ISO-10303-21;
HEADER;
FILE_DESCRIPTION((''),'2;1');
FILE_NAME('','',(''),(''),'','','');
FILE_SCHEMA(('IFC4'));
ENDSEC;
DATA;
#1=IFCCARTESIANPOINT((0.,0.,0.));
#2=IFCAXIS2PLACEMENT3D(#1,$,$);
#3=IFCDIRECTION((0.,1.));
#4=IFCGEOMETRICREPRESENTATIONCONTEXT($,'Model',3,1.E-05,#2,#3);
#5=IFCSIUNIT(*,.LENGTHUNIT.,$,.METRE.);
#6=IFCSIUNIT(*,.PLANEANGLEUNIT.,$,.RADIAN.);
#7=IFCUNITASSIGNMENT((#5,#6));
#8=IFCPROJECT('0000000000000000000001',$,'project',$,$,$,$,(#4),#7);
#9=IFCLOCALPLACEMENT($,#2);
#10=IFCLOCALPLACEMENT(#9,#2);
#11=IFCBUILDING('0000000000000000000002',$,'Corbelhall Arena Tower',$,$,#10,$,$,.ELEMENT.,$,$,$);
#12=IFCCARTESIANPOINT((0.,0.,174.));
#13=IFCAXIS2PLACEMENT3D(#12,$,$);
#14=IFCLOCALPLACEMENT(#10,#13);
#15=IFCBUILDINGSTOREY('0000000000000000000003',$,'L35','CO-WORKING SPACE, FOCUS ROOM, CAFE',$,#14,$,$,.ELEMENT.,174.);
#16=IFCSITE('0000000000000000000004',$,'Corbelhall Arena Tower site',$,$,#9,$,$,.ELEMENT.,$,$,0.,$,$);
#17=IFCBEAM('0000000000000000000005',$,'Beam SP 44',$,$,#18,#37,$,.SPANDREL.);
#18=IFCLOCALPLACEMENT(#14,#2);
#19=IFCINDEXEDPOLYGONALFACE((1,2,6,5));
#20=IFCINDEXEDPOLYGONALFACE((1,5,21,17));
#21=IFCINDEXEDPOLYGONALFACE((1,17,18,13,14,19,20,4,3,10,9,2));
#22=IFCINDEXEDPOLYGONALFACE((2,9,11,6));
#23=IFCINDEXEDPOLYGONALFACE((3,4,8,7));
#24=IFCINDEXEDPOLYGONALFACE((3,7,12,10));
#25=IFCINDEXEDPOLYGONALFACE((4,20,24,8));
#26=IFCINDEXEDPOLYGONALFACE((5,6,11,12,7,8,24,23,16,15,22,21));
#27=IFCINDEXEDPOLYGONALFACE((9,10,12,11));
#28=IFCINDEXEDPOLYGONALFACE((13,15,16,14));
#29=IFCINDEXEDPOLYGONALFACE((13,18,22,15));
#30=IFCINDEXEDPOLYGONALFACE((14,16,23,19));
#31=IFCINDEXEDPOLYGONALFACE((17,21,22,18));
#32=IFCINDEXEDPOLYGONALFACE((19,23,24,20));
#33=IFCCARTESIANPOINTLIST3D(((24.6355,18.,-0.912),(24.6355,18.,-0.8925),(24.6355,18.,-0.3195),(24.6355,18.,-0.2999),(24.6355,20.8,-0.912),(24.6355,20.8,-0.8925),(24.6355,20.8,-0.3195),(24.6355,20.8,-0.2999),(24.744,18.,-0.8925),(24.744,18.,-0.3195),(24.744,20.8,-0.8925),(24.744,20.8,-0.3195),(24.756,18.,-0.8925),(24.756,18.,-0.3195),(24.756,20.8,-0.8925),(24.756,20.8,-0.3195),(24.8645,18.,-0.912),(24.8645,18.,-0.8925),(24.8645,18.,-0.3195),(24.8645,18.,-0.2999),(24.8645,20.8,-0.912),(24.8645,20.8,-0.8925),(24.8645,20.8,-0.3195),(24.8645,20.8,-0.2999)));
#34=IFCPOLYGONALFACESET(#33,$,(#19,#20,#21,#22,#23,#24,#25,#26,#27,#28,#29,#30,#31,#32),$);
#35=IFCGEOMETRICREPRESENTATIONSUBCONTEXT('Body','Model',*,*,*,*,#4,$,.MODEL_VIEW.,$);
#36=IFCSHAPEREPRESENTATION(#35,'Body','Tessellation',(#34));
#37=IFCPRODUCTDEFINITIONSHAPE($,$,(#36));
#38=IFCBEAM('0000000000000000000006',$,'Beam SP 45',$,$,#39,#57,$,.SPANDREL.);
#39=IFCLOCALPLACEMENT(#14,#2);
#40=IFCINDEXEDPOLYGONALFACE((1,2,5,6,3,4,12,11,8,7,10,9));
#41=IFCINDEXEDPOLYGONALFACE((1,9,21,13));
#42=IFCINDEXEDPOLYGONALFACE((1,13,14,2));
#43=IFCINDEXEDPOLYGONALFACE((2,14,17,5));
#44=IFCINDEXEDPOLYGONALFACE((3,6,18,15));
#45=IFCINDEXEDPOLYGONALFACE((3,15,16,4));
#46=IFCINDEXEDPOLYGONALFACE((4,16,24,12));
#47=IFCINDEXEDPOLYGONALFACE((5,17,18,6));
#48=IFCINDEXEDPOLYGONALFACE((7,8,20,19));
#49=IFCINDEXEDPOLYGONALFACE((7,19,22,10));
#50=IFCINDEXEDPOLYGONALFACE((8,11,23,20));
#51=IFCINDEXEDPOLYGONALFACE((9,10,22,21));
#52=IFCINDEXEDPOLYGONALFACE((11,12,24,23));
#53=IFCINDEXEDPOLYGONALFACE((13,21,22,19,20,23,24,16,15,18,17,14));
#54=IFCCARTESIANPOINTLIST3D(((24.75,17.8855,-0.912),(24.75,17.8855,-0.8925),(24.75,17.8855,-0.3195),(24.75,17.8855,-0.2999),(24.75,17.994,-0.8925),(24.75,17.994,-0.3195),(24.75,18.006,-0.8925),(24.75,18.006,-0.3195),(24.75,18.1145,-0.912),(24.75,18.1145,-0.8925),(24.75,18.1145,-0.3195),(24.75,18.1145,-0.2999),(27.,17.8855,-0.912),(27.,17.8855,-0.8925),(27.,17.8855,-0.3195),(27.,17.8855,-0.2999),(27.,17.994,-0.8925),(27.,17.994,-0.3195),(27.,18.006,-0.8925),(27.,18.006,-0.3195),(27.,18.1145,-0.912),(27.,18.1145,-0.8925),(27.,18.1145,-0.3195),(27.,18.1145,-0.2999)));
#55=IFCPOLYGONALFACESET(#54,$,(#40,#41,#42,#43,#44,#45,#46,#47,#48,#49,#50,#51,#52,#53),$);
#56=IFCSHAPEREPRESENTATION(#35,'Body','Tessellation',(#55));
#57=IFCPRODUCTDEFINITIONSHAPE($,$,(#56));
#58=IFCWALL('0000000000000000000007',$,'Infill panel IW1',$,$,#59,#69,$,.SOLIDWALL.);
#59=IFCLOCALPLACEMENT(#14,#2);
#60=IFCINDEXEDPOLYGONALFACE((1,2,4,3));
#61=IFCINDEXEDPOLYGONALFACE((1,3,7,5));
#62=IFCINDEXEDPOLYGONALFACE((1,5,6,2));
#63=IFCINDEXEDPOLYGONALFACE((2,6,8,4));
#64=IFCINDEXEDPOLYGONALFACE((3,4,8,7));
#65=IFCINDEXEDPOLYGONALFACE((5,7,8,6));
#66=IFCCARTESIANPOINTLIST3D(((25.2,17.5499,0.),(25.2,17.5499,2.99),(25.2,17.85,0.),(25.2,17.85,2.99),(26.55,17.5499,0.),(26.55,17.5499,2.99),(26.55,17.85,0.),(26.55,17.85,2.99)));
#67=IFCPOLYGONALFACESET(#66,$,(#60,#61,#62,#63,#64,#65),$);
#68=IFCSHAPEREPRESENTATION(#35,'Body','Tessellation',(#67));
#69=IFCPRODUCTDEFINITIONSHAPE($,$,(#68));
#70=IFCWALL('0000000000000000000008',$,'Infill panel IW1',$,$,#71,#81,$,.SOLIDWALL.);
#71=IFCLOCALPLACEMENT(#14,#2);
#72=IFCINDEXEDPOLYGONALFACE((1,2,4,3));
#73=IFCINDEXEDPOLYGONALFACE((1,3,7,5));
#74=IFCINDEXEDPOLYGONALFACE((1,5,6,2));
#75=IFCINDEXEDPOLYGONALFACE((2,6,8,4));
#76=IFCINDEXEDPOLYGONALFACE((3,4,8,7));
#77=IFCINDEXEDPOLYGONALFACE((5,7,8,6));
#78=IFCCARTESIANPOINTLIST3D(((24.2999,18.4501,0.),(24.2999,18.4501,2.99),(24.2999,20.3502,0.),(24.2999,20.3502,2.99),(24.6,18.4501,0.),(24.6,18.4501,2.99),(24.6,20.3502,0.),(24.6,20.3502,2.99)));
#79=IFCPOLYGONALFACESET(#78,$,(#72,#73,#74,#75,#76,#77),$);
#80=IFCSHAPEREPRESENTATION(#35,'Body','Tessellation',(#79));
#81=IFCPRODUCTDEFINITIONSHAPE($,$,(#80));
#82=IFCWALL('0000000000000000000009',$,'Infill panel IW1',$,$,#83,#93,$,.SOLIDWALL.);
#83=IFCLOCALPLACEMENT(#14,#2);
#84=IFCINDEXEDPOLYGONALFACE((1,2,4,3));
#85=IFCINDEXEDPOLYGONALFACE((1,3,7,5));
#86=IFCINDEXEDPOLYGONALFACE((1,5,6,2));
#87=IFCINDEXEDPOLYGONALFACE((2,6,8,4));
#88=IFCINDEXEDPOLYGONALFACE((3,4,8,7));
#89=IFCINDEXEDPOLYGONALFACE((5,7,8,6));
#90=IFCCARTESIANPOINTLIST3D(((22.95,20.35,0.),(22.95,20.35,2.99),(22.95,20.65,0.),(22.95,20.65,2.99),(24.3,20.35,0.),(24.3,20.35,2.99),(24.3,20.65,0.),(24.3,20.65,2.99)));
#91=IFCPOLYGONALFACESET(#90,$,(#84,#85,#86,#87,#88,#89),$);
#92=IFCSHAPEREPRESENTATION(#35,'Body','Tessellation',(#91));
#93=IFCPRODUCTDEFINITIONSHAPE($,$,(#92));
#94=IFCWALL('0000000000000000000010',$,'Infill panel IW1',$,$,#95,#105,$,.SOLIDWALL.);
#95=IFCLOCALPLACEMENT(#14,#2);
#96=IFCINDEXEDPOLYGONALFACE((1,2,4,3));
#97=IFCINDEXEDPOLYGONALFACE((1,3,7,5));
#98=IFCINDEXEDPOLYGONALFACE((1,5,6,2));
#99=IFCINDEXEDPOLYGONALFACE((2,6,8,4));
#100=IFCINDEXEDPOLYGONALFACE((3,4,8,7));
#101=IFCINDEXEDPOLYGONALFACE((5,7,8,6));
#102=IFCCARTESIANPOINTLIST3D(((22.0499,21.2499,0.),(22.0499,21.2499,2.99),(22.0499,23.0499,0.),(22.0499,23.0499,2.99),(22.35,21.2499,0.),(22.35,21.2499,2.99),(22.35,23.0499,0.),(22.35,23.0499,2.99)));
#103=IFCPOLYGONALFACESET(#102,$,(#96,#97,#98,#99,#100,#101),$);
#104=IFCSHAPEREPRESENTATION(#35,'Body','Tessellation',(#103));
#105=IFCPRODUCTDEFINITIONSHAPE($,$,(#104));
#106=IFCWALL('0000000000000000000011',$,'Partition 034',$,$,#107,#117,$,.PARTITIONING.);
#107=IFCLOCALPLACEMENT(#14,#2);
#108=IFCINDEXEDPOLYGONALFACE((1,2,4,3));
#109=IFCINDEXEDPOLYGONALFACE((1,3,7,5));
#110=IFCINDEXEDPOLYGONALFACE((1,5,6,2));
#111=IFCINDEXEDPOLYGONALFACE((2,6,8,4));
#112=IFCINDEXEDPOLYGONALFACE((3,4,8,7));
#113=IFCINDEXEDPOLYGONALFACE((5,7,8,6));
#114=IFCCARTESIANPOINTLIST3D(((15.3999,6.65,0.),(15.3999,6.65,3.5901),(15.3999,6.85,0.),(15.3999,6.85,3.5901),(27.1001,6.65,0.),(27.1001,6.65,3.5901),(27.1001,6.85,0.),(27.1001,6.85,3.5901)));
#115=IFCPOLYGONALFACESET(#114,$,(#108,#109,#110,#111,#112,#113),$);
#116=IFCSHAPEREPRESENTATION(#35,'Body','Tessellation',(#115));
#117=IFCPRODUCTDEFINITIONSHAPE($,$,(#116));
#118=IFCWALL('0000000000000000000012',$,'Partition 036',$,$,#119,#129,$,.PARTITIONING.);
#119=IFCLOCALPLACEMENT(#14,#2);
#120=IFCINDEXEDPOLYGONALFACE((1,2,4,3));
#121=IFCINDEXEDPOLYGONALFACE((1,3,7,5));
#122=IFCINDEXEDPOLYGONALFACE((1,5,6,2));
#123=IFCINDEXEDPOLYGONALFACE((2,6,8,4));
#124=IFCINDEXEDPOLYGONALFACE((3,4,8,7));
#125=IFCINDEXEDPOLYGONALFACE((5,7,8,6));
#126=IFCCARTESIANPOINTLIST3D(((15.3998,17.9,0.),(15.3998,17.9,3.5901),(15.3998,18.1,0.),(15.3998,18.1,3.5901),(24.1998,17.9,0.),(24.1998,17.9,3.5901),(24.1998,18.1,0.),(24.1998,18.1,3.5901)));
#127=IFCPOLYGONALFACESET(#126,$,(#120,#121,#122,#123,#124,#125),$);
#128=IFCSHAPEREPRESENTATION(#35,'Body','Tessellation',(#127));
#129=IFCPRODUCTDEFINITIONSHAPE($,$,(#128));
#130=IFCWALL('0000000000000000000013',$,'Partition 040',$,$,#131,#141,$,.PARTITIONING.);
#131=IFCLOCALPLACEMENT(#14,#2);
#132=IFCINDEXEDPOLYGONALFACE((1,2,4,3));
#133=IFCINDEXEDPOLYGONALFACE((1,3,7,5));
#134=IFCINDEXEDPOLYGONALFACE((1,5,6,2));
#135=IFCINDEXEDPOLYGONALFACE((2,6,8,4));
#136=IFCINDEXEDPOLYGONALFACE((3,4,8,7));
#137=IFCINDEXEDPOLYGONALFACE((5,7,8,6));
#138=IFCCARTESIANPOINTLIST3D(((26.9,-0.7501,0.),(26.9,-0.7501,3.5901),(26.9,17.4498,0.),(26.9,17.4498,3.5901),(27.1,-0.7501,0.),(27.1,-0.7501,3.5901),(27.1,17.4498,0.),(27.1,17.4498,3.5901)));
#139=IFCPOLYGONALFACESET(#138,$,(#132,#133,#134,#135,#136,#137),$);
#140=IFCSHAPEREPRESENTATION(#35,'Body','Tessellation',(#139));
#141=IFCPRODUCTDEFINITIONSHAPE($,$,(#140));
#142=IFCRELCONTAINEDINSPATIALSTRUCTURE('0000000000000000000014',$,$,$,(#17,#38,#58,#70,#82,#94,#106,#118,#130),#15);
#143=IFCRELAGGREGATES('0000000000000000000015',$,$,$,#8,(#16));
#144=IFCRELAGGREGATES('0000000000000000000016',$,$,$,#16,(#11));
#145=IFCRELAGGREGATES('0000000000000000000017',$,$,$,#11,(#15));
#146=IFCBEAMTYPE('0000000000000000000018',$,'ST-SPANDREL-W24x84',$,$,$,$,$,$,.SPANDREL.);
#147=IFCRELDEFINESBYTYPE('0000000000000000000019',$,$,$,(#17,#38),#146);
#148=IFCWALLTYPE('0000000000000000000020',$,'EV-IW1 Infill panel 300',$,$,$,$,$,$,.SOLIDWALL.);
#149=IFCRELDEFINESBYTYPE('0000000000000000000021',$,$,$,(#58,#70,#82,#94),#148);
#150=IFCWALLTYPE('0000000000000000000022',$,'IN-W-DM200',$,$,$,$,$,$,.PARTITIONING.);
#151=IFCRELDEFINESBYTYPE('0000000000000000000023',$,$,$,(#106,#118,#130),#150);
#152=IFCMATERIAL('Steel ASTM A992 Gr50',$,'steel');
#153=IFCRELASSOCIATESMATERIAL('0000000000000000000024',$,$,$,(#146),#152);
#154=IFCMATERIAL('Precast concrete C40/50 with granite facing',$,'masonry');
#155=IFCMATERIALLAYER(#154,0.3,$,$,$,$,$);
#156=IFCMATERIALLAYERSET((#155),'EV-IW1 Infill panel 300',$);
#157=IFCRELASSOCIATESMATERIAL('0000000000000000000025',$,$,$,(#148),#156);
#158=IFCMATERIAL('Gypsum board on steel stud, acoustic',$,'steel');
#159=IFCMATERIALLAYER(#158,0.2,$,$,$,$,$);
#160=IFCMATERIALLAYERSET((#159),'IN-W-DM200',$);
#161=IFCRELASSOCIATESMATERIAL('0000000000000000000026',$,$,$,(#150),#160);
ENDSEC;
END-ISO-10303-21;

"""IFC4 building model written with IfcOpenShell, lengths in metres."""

from ifc_helpers import new_model, si_unit, direction, frame, frame_2d, origin, origin_2d, place, context, subcontext, project, spatial, rectangle, i_section, extrude, material, layer, layer_set, material_profile, profile_set, type_object, element, save


model = new_model("IFC4")

# Units and contexts
model_context = context("Model", 3, precision=1e-05, world=origin(), true_north=direction((0.0, 1.0)))
body_context = subcontext(model_context, "Body", "Model", "MODEL_VIEW")
ifc_project = project(units=[si_unit("LENGTHUNIT", "METRE"), si_unit("PLANEANGLEUNIT", "RADIAN")], contexts=[model_context])

# Site, building, storey
site_placement = place(None, origin())
site = spatial("IfcSite", under=ifc_project, at=site_placement, Name="Corbelhall Arena Tower site", CompositionType="ELEMENT", RefElevation=0.0)
building_placement = place(site_placement, origin())
building = spatial("IfcBuilding", under=site, at=building_placement, Name="Corbelhall Arena Tower", CompositionType="ELEMENT")
storey_placement = place(building_placement, frame((0.0, 0.0, 174.0)))
storey = spatial("IfcBuildingStorey", under=building, at=storey_placement, Name="L35", Description="CO-WORKING SPACE, FOCUS ROOM, CAFE", CompositionType="ELEMENT", Elevation=174.0)

# Beams
ifc_material_1 = material(Name="Steel ASTM A992 Gr50", Category="steel")
ifc_material_profile_1 = material_profile(ifc_material_1, i_section(OverallWidth=0.229, OverallDepth=0.6121, WebThickness=0.012, FlangeThickness=0.0195, at=origin_2d()))
ifc_profile_set_1 = profile_set([ifc_material_profile_1], Name="Steel ASTM A992 Gr50")
beam_type = type_object("IfcBeamType", Name="ST-SPANDREL-W24x84", PredefinedType="SPANDREL", material=ifc_profile_set_1)
beam_1_placement = place(storey_placement, frame((24.75, 20.8, -0.606), z_axis=(0.0, -1.0, 0.0), x_axis=(1.0, 0.0, 0.0)))
element("IfcBeam", 1, at=beam_1_placement, inside=storey, type_object=beam_type, Name="Beam SP 44", PredefinedType="SPANDREL", context=body_context, shape_type="SweptSolid", body=[
    extrude(i_section(OverallWidth=0.229, OverallDepth=0.6121, WebThickness=0.012, FlangeThickness=0.0195, at=origin_2d()), origin(), (0.0, 0.0, 1.0), 2.8),
])
beam_2_placement = place(storey_placement, frame((24.75, 18.0, -0.606), z_axis=(1.0, 0.0, 0.0), x_axis=(0.0, 1.0, 0.0)))
element("IfcBeam", 2, at=beam_2_placement, inside=storey, type_object=beam_type, Name="Beam SP 45", PredefinedType="SPANDREL", context=body_context, shape_type="SweptSolid", body=[
    extrude(i_section(OverallWidth=0.229, OverallDepth=0.6121, WebThickness=0.012, FlangeThickness=0.0195, at=origin_2d()), origin(), (0.0, 0.0, 1.0), 2.25),
])

# Walls
ifc_material_2 = material(Name="Precast concrete C40/50 with granite facing", Category="masonry")
ifc_layer_1 = layer(ifc_material_2, 0.3)
ifc_layer_set_1 = layer_set([ifc_layer_1], Name="EV-IW1 Infill panel 300")
wall_type_1 = type_object("IfcWallType", Name="EV-IW1 Infill panel 300", PredefinedType="SOLIDWALL", material=ifc_layer_set_1)
wall_1_placement = place(storey_placement, frame((26.55, 17.7, 0.0), z_axis=(0.0, 0.0, 1.0), x_axis=(-1.0, 0.0, 0.0)))
element("IfcWall", 3, at=wall_1_placement, inside=storey, type_object=wall_type_1, Name="Infill panel IW1", PredefinedType="SOLIDWALL", context=body_context, shape_type="SweptSolid", body=[
    extrude(rectangle(XDim=1.3501, YDim=0.3, at=frame_2d((0.675, 0.0))), origin(), (0.0, 0.0, 1.0), 2.99),
])
wall_2_placement = place(storey_placement, frame((24.45, 18.45, 0.0), z_axis=(0.0, 0.0, 1.0), x_axis=(0.0, 1.0, 0.0)))
element("IfcWall", 4, at=wall_2_placement, inside=storey, type_object=wall_type_1, Name="Infill panel IW1", PredefinedType="SOLIDWALL", context=body_context, shape_type="SweptSolid", body=[
    extrude(rectangle(XDim=1.9001, YDim=0.3, at=frame_2d((0.9502, 0.0))), origin(), (0.0, 0.0, 1.0), 2.99),
])
wall_3_placement = place(storey_placement, frame((24.3, 20.5, 0.0), z_axis=(0.0, 0.0, 1.0), x_axis=(-1.0, 0.0, 0.0)))
element("IfcWall", 5, at=wall_3_placement, inside=storey, type_object=wall_type_1, Name="Infill panel IW1", PredefinedType="SOLIDWALL", context=body_context, shape_type="SweptSolid", body=[
    extrude(rectangle(XDim=1.3501, YDim=0.3, at=frame_2d((0.675, 0.0))), origin(), (0.0, 0.0, 1.0), 2.99),
])
wall_4_placement = place(storey_placement, frame((22.2, 21.25, 0.0), z_axis=(0.0, 0.0, 1.0), x_axis=(0.0, 1.0, 0.0)))
element("IfcWall", 6, at=wall_4_placement, inside=storey, type_object=wall_type_1, Name="Infill panel IW1", PredefinedType="SOLIDWALL", context=body_context, shape_type="SweptSolid", body=[
    extrude(rectangle(XDim=1.8, YDim=0.3, at=frame_2d((0.8999, 0.0))), origin(), (0.0, 0.0, 1.0), 2.99),
])

# Wall
ifc_material_3 = material(Name="Gypsum board on steel stud, acoustic", Category="steel")
ifc_layer_2 = layer(ifc_material_3, 0.2)
ifc_layer_set_2 = layer_set([ifc_layer_2], Name="IN-W-DM200")
wall_type_2 = type_object("IfcWallType", Name="IN-W-DM200", PredefinedType="PARTITIONING", material=ifc_layer_set_2)
wall_5_placement = place(storey_placement, frame((15.3999, 6.75, 0.0), z_axis=(0.0, 0.0, 1.0), x_axis=(1.0, 0.0, 0.0)))
element("IfcWall", 7, at=wall_5_placement, inside=storey, type_object=wall_type_2, Name="Partition 034", PredefinedType="PARTITIONING", context=body_context, shape_type="SweptSolid", body=[
    extrude(rectangle(XDim=11.7002, YDim=0.2, at=frame_2d((5.8501, 0.0))), origin(), (0.0, 0.0, 1.0), 3.5901),
])

# Wall
wall_6_placement = place(storey_placement, frame((15.3999, 18.0, 0.0), z_axis=(0.0, 0.0, 1.0), x_axis=(1.0, 0.0, 0.0)))
element("IfcWall", 8, at=wall_6_placement, inside=storey, type_object=wall_type_2, Name="Partition 036", PredefinedType="PARTITIONING", context=body_context, shape_type="SweptSolid", body=[
    extrude(rectangle(XDim=8.8, YDim=0.2, at=frame_2d((4.3999, 0.0))), origin(), (0.0, 0.0, 1.0), 3.5901),
])

# Wall
wall_7_placement = place(storey_placement, frame((27.0, 17.45, 0.0), z_axis=(0.0, 0.0, 1.0), x_axis=(0.0, -1.0, 0.0)))
element("IfcWall", 9, at=wall_7_placement, inside=storey, type_object=wall_type_2, Name="Partition 040", PredefinedType="PARTITIONING", context=body_context, shape_type="SweptSolid", body=[
    extrude(rectangle(XDim=18.2, YDim=0.2, at=frame_2d((9.1001, 0.0))), origin(), (0.0, 0.0, 1.0), 3.5901),
])

save(model, "model.ifc")
